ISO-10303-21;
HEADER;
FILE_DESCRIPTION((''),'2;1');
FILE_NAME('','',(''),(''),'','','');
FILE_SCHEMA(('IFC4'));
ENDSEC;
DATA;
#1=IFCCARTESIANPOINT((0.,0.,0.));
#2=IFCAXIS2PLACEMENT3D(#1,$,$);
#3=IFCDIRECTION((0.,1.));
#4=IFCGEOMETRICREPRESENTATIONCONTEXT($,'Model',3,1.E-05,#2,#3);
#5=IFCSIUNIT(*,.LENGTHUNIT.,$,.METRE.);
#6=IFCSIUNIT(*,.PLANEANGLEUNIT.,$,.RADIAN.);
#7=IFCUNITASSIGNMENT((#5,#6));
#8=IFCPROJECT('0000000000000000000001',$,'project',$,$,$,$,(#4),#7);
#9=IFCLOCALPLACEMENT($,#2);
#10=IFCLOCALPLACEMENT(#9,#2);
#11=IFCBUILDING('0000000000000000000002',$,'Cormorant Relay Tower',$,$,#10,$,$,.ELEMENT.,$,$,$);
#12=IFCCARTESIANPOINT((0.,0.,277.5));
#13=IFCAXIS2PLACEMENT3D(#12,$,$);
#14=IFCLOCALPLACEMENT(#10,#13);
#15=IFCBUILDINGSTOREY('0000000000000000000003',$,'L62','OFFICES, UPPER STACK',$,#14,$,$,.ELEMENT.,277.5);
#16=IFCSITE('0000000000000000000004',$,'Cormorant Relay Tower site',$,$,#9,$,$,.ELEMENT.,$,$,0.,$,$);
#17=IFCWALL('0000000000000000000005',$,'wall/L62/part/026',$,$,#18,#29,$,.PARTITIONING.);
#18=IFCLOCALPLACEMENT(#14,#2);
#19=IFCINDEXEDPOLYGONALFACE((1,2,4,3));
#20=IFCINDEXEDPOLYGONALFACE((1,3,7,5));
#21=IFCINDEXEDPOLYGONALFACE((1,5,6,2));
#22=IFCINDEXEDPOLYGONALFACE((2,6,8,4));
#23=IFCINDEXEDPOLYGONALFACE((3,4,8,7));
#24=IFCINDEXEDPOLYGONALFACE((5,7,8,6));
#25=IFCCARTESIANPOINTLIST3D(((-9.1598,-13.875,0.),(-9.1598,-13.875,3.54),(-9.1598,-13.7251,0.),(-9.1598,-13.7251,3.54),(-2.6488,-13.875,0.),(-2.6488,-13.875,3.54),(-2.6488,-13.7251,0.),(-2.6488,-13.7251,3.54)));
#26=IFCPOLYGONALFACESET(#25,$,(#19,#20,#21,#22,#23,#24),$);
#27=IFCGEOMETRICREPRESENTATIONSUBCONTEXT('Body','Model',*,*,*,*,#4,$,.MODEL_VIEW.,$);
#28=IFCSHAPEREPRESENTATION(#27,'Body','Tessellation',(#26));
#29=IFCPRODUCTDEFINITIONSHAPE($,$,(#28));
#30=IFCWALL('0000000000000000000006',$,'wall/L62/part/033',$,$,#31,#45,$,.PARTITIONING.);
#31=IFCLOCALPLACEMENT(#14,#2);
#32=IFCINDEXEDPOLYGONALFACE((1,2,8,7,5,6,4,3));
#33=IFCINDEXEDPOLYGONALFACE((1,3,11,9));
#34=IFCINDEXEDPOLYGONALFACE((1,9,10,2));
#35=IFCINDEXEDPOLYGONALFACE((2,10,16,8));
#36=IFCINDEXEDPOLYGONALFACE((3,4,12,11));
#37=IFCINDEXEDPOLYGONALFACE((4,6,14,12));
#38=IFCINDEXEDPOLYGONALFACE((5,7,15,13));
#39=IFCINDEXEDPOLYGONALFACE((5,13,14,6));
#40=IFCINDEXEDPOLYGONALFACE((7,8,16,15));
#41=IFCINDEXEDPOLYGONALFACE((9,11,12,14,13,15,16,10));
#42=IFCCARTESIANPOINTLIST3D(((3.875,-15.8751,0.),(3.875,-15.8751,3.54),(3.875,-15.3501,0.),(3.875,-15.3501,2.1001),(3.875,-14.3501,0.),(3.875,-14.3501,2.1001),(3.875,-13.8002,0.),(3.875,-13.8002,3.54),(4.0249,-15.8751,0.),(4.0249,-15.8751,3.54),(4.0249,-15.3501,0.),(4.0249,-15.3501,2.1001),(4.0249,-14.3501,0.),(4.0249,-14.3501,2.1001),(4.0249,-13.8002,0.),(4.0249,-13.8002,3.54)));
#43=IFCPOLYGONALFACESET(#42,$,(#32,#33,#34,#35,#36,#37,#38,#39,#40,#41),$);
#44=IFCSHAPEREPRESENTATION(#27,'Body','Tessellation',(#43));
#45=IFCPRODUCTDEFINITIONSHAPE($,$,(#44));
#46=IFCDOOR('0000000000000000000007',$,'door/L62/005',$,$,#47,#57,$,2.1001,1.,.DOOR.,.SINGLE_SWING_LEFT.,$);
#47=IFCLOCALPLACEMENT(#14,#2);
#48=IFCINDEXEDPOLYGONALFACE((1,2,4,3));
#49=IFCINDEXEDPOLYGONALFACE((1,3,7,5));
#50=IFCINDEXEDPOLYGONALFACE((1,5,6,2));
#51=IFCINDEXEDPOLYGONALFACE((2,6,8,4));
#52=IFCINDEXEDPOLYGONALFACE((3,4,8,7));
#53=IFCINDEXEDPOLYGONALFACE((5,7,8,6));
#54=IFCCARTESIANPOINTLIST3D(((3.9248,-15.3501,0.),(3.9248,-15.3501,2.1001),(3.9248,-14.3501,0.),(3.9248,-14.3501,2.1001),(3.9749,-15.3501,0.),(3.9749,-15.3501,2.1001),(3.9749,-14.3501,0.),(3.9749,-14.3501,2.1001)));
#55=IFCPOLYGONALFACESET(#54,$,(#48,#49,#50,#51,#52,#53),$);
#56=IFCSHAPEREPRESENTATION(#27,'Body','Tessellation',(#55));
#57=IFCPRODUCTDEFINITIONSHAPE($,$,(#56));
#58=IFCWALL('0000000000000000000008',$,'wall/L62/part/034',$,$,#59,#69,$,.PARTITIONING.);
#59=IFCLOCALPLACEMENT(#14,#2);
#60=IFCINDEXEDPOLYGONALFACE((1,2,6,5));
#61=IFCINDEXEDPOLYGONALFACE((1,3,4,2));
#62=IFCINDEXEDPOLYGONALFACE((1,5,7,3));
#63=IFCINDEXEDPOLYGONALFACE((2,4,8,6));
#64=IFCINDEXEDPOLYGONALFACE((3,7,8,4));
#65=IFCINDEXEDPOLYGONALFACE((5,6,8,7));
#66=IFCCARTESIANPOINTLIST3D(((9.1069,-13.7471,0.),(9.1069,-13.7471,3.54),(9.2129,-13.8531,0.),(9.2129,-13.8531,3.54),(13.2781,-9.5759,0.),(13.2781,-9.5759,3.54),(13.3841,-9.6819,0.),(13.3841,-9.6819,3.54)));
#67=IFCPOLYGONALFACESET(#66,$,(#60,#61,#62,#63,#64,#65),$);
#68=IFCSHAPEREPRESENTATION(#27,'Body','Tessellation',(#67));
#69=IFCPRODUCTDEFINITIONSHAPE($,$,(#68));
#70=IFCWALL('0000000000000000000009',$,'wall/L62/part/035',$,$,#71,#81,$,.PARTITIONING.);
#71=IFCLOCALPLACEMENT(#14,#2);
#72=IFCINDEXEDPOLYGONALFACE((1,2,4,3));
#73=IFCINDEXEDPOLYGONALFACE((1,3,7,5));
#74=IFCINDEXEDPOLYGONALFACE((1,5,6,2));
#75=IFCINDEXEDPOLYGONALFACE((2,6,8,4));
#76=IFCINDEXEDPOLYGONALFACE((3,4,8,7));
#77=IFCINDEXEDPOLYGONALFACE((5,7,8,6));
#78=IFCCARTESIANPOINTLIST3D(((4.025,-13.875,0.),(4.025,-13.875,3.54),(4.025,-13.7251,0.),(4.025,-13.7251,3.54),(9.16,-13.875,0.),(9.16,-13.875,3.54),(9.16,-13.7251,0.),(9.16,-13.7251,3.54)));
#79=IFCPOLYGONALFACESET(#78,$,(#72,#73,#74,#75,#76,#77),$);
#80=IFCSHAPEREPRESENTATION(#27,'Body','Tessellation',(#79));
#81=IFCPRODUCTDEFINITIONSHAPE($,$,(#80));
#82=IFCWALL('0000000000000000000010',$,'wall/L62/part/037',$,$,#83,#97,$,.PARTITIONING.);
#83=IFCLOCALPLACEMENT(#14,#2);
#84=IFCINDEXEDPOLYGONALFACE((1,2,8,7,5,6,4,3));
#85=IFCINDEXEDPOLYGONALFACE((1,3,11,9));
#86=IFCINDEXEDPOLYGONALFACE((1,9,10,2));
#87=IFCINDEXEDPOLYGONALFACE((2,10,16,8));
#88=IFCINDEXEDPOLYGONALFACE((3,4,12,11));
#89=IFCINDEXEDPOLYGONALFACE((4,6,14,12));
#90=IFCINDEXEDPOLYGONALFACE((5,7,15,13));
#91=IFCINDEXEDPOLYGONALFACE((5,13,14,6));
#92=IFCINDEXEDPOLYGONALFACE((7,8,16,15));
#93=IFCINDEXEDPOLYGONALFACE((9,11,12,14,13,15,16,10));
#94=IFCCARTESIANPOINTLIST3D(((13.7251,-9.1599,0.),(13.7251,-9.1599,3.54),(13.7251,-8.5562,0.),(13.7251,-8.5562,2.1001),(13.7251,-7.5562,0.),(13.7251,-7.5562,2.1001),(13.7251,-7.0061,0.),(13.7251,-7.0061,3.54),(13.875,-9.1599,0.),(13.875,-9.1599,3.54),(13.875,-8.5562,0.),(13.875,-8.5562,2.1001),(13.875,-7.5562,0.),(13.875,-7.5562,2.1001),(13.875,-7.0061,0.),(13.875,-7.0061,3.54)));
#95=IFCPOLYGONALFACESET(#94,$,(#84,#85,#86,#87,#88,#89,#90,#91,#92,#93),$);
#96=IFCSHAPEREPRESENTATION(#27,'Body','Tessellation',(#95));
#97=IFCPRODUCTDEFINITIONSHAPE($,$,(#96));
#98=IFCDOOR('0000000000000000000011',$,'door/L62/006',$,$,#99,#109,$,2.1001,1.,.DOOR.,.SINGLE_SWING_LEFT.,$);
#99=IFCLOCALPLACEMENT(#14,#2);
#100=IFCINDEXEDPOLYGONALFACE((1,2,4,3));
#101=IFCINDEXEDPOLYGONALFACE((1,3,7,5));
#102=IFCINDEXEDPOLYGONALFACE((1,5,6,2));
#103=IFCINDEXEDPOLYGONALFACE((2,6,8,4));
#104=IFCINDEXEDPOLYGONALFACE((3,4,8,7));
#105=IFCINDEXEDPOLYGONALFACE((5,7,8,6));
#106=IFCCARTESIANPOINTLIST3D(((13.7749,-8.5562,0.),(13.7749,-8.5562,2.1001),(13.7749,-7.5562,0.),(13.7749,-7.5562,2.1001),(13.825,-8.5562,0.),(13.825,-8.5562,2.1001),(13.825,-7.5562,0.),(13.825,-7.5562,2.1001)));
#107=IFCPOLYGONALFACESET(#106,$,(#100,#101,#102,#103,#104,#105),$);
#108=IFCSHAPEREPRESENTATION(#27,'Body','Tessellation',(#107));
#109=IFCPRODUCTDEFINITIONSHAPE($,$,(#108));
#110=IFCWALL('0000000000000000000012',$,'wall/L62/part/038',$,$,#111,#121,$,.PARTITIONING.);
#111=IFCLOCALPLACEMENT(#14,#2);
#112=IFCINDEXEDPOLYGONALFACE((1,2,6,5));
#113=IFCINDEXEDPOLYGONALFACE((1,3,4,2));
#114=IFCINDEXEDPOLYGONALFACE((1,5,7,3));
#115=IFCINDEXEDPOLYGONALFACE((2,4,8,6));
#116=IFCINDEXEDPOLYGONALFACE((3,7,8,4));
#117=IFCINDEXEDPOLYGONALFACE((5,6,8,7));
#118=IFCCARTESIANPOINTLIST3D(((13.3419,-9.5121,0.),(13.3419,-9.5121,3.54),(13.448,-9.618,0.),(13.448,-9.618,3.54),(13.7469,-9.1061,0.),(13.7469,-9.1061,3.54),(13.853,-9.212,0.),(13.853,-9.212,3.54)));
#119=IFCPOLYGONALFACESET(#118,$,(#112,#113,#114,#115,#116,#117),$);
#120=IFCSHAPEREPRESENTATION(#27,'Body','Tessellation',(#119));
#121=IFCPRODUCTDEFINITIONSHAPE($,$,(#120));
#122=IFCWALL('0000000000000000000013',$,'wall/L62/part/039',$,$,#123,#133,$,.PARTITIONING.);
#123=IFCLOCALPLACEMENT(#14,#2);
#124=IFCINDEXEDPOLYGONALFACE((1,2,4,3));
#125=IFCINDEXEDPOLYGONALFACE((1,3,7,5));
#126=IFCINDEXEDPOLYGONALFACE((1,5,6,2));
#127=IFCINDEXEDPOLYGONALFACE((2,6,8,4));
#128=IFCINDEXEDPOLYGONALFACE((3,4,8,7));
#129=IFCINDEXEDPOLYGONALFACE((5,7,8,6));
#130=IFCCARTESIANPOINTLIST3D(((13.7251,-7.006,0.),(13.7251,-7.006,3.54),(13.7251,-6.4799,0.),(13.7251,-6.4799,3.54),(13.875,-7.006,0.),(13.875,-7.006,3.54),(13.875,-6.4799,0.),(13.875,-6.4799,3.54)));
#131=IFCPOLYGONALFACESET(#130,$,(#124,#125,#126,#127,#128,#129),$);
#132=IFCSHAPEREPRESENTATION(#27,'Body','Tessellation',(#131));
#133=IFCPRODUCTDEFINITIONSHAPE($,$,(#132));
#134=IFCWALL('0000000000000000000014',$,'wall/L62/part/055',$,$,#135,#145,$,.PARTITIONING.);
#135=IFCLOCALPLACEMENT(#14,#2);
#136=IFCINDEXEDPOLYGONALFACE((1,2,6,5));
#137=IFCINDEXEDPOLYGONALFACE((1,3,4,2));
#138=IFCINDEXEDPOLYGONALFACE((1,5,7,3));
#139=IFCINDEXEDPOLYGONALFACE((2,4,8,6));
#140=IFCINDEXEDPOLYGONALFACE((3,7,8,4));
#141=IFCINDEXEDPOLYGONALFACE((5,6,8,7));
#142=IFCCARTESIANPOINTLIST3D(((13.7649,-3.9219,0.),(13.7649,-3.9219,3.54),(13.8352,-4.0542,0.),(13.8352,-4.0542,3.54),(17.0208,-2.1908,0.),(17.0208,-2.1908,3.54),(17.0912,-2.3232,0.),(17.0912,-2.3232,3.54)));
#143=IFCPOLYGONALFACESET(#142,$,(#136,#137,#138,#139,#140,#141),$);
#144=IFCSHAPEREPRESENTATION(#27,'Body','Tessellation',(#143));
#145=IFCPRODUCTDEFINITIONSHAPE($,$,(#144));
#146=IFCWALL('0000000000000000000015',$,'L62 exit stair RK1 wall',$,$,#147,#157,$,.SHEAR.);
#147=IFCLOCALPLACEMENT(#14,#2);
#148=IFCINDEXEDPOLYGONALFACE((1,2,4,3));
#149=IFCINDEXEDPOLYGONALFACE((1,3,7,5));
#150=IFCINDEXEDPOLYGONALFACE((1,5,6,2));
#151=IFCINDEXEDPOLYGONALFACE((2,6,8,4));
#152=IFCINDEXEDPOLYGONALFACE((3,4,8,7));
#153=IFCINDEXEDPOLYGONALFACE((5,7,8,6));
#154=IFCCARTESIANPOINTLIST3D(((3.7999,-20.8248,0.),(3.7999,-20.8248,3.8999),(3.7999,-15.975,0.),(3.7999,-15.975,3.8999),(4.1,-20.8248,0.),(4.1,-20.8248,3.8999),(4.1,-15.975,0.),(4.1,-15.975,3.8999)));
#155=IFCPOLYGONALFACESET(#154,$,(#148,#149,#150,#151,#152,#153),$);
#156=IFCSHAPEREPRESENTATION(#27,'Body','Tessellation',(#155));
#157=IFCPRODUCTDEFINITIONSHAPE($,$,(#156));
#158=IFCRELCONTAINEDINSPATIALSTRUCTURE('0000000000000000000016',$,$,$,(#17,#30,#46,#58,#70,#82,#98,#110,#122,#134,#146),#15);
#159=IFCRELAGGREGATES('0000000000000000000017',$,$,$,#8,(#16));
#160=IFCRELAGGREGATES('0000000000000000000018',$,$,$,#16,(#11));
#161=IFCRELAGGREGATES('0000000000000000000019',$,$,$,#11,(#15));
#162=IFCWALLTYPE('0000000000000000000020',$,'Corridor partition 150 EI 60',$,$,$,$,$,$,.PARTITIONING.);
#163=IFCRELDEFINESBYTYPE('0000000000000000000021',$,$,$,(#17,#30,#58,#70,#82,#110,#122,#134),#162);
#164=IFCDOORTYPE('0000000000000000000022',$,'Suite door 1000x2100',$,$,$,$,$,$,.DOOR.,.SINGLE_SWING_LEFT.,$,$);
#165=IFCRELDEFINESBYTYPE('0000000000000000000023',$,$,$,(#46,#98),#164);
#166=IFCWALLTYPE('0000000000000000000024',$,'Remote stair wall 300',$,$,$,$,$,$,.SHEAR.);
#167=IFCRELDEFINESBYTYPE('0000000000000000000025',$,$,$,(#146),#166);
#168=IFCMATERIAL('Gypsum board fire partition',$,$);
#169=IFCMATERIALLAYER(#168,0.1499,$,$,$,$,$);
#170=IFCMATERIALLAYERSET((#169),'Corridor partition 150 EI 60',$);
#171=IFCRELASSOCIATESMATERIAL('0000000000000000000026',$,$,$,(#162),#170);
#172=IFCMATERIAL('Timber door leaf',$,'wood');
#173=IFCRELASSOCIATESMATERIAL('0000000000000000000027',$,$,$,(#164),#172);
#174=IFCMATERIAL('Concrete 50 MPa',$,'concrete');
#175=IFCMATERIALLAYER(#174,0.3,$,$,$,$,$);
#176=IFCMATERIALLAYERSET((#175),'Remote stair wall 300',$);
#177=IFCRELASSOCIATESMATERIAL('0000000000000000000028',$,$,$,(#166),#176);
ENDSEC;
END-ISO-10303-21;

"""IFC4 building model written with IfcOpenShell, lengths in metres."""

from ifc_helpers import new_model, si_unit, direction, frame, frame_2d, origin, place, context, subcontext, project, spatial, rectangle, extrude, material, layer, layer_set, type_object, element, fill, save


model = new_model("IFC4")

# Units and contexts
model_context = context("Model", 3, precision=1e-05, world=origin(), true_north=direction((0.0, 1.0)))
body_context = subcontext(model_context, "Body", "Model", "MODEL_VIEW")
ifc_project = project(units=[si_unit("LENGTHUNIT", "METRE"), si_unit("PLANEANGLEUNIT", "RADIAN")], contexts=[model_context])

# Site, building, storey
site_placement = place(None, origin())
site = spatial("IfcSite", under=ifc_project, at=site_placement, Name="Cormorant Relay Tower site", CompositionType="ELEMENT", RefElevation=0.0)
building_placement = place(site_placement, origin())
building = spatial("IfcBuilding", under=site, at=building_placement, Name="Cormorant Relay Tower", CompositionType="ELEMENT")
storey_placement = place(building_placement, frame((0.0, 0.0, 277.5)))
storey = spatial("IfcBuildingStorey", under=building, at=storey_placement, Name="L62", Description="OFFICES, UPPER STACK", CompositionType="ELEMENT", Elevation=277.5)

# Shared definitions
ifc_material_1 = material(Name="Gypsum board fire partition")
ifc_layer_1 = layer(ifc_material_1, 0.1499)
ifc_layer_set_1 = layer_set([ifc_layer_1], Name="Corridor partition 150 EI 60")
wall_type_1 = type_object("IfcWallType", Name="Corridor partition 150 EI 60", PredefinedType="PARTITIONING", material=ifc_layer_set_1)
ifc_material_2 = material(Name="Timber door leaf", Category="wood")
door_type_1 = type_object("IfcDoorType", Name="Suite door 1000x2100", OperationType="SINGLE_SWING_LEFT", PredefinedType="DOOR", material=ifc_material_2)

# Wall
wall_1_placement = place(storey_placement, frame((-2.6489, -13.8, 0.0), z_axis=(0.0, 0.0, 1.0), x_axis=(-1.0, 0.0, 0.0)))
element("IfcWall", 1, at=wall_1_placement, inside=storey, type_object=wall_type_1, Name="wall/L62/part/026", PredefinedType="PARTITIONING", context=body_context, shape_type="SweptSolid", body=[
    extrude(rectangle(XDim=6.511, YDim=0.1499, at=frame_2d((3.2554, 0.0))), origin(), (0.0, 0.0, 1.0), 3.54),
])

# Wall, opening, door
wall_2_placement = place(storey_placement, frame((3.95, -13.8, 0.0), z_axis=(0.0, 0.0, 1.0), x_axis=(0.0, -1.0, 0.0)))
wall_2 = element("IfcWall", 2, at=wall_2_placement, inside=storey, type_object=wall_type_1, Name="wall/L62/part/033", PredefinedType="PARTITIONING", context=body_context, shape_type="SweptSolid", body=[
    extrude(rectangle(XDim=2.075, YDim=0.1499, at=frame_2d((1.0376, 0.0))), origin(), (0.0, 0.0, 1.0), 3.54),
])
opening_1_placement = place(wall_2_placement, frame((0.55, 0.0, 0.0)))
opening_1 = element("IfcOpeningElement", 3, at=opening_1_placement, cuts=wall_2, PredefinedType="OPENING", context=body_context, shape_type="SweptSolid", body=[
    extrude(rectangle(XDim=1.0, YDim=2.1001, at=frame_2d((0.5, 1.05))), frame((0.0, 0.085, 0.0), z_axis=(0.0, -1.0, 0.0), x_axis=(1.0, 0.0, 0.0)), (0.0, 0.0, 1.0), 0.1699),
])
door_1_placement = place(opening_1_placement, origin())
door_1 = element("IfcDoor", 4, at=door_1_placement, inside=storey, type_object=door_type_1, Name="door/L62/005", OperationType="SINGLE_SWING_LEFT", OverallHeight=2.1001, OverallWidth=1.0, PredefinedType="DOOR", context=body_context, shape_type="SweptSolid", body=[
    extrude(rectangle(XDim=1.0, YDim=2.1001, at=frame_2d((0.5, 1.05))), frame((0.0, 0.0249, 0.0), z_axis=(0.0, -1.0, 0.0), x_axis=(1.0, 0.0, 0.0)), (0.0, 0.0, 1.0), 0.05),
])
fill(opening_1, door_1)

# Walls
wall_3_placement = place(storey_placement, frame((13.3311, -9.6289, 0.0), z_axis=(0.0, 0.0, 1.0), x_axis=(-0.707107, -0.707107, 0.0)))
element("IfcWall", 5, at=wall_3_placement, inside=storey, type_object=wall_type_1, Name="wall/L62/part/034", PredefinedType="PARTITIONING", context=body_context, shape_type="SweptSolid", body=[
    extrude(rectangle(XDim=5.8989, YDim=0.1499, at=frame_2d((2.9495, 0.0))), origin(), (0.0, 0.0, 1.0), 3.54),
])
wall_4_placement = place(storey_placement, frame((9.1599, -13.8, 0.0), z_axis=(0.0, 0.0, 1.0), x_axis=(-1.0, 0.0, 0.0)))
element("IfcWall", 6, at=wall_4_placement, inside=storey, type_object=wall_type_1, Name="wall/L62/part/035", PredefinedType="PARTITIONING", context=body_context, shape_type="SweptSolid", body=[
    extrude(rectangle(XDim=5.135, YDim=0.1499, at=frame_2d((2.5674, 0.0))), origin(), (0.0, 0.0, 1.0), 3.54),
])

# Wall, opening, door
wall_5_placement = place(storey_placement, frame((13.8, -7.0061, 0.0), z_axis=(0.0, 0.0, 1.0), x_axis=(0.0, -1.0, 0.0)))
wall_5 = element("IfcWall", 7, at=wall_5_placement, inside=storey, type_object=wall_type_1, Name="wall/L62/part/037", PredefinedType="PARTITIONING", context=body_context, shape_type="SweptSolid", body=[
    extrude(rectangle(XDim=2.1538, YDim=0.1499, at=frame_2d((1.0769, 0.0))), origin(), (0.0, 0.0, 1.0), 3.54),
])
opening_2_placement = place(wall_5_placement, frame((0.55, 0.0, 0.0)))
opening_2 = element("IfcOpeningElement", 8, at=opening_2_placement, cuts=wall_5, PredefinedType="OPENING", context=body_context, shape_type="SweptSolid", body=[
    extrude(rectangle(XDim=1.0, YDim=2.1001, at=frame_2d((0.5, 1.05))), frame((0.0, 0.085, 0.0), z_axis=(0.0, -1.0, 0.0), x_axis=(1.0, 0.0, 0.0)), (0.0, 0.0, 1.0), 0.1699),
])
door_2_placement = place(opening_2_placement, origin())
door_2 = element("IfcDoor", 9, at=door_2_placement, inside=storey, type_object=door_type_1, Name="door/L62/006", OperationType="SINGLE_SWING_LEFT", OverallHeight=2.1001, OverallWidth=1.0, PredefinedType="DOOR", context=body_context, shape_type="SweptSolid", body=[
    extrude(rectangle(XDim=1.0, YDim=2.1001, at=frame_2d((0.5, 1.05))), frame((0.0, 0.0249, 0.0), z_axis=(0.0, -1.0, 0.0), x_axis=(1.0, 0.0, 0.0)), (0.0, 0.0, 1.0), 0.05),
])
fill(opening_2, door_2)

# Walls
wall_6_placement = place(storey_placement, frame((13.395, -9.5649, 0.0), z_axis=(0.0, 0.0, 1.0), x_axis=(0.706255, 0.707958, 0.0)))
element("IfcWall", 10, at=wall_6_placement, inside=storey, type_object=wall_type_1, Name="wall/L62/part/038", PredefinedType="PARTITIONING", context=body_context, shape_type="SweptSolid", body=[
    extrude(rectangle(XDim=0.5735, YDim=0.1499, at=frame_2d((0.2866, 0.0))), origin(), (0.0, 0.0, 1.0), 3.54),
])
wall_7_placement = place(storey_placement, frame((13.8, -7.0061, 0.0), z_axis=(0.0, 0.0, 1.0), x_axis=(0.0, 1.0, 0.0)))
element("IfcWall", 11, at=wall_7_placement, inside=storey, type_object=wall_type_1, Name="wall/L62/part/039", PredefinedType="PARTITIONING", context=body_context, shape_type="SweptSolid", body=[
    extrude(rectangle(XDim=0.5261, YDim=0.1499, at=frame_2d((0.2632, 0.0))), origin(), (0.0, 0.0, 1.0), 3.54),
])
wall_8_placement = place(storey_placement, frame((13.8, -3.988, 0.0), z_axis=(0.0, 0.0, 1.0), x_axis=(0.882972, 0.469426, 0.0)))
element("IfcWall", 12, at=wall_8_placement, inside=storey, type_object=wall_type_1, Name="wall/L62/part/055", PredefinedType="PARTITIONING", context=body_context, shape_type="SweptSolid", body=[
    extrude(rectangle(XDim=3.6875, YDim=0.1499, at=frame_2d((1.8438, 0.0))), origin(), (0.0, 0.0, 1.0), 3.54),
])
ifc_material_3 = material(Name="Concrete 50 MPa", Category="concrete")
ifc_layer_2 = layer(ifc_material_3, 0.3)
ifc_layer_set_2 = layer_set([ifc_layer_2], Name="Remote stair wall 300")
wall_type_2 = type_object("IfcWallType", Name="Remote stair wall 300", PredefinedType="SHEAR", material=ifc_layer_set_2)
wall_9_placement = place(storey_placement, frame((3.95, -15.9751, 0.0), z_axis=(0.0, 0.0, 1.0), x_axis=(0.0, -1.0, 0.0)))
element("IfcWall", 13, at=wall_9_placement, inside=storey, type_object=wall_type_2, Name="L62 exit stair RK1 wall", PredefinedType="SHEAR", context=body_context, shape_type="SweptSolid", body=[
    extrude(rectangle(XDim=4.8499, YDim=0.3, at=frame_2d((2.4248, 0.0))), origin(), (0.0, 0.0, 1.0), 3.8999),
])

save(model, "model.ifc")
